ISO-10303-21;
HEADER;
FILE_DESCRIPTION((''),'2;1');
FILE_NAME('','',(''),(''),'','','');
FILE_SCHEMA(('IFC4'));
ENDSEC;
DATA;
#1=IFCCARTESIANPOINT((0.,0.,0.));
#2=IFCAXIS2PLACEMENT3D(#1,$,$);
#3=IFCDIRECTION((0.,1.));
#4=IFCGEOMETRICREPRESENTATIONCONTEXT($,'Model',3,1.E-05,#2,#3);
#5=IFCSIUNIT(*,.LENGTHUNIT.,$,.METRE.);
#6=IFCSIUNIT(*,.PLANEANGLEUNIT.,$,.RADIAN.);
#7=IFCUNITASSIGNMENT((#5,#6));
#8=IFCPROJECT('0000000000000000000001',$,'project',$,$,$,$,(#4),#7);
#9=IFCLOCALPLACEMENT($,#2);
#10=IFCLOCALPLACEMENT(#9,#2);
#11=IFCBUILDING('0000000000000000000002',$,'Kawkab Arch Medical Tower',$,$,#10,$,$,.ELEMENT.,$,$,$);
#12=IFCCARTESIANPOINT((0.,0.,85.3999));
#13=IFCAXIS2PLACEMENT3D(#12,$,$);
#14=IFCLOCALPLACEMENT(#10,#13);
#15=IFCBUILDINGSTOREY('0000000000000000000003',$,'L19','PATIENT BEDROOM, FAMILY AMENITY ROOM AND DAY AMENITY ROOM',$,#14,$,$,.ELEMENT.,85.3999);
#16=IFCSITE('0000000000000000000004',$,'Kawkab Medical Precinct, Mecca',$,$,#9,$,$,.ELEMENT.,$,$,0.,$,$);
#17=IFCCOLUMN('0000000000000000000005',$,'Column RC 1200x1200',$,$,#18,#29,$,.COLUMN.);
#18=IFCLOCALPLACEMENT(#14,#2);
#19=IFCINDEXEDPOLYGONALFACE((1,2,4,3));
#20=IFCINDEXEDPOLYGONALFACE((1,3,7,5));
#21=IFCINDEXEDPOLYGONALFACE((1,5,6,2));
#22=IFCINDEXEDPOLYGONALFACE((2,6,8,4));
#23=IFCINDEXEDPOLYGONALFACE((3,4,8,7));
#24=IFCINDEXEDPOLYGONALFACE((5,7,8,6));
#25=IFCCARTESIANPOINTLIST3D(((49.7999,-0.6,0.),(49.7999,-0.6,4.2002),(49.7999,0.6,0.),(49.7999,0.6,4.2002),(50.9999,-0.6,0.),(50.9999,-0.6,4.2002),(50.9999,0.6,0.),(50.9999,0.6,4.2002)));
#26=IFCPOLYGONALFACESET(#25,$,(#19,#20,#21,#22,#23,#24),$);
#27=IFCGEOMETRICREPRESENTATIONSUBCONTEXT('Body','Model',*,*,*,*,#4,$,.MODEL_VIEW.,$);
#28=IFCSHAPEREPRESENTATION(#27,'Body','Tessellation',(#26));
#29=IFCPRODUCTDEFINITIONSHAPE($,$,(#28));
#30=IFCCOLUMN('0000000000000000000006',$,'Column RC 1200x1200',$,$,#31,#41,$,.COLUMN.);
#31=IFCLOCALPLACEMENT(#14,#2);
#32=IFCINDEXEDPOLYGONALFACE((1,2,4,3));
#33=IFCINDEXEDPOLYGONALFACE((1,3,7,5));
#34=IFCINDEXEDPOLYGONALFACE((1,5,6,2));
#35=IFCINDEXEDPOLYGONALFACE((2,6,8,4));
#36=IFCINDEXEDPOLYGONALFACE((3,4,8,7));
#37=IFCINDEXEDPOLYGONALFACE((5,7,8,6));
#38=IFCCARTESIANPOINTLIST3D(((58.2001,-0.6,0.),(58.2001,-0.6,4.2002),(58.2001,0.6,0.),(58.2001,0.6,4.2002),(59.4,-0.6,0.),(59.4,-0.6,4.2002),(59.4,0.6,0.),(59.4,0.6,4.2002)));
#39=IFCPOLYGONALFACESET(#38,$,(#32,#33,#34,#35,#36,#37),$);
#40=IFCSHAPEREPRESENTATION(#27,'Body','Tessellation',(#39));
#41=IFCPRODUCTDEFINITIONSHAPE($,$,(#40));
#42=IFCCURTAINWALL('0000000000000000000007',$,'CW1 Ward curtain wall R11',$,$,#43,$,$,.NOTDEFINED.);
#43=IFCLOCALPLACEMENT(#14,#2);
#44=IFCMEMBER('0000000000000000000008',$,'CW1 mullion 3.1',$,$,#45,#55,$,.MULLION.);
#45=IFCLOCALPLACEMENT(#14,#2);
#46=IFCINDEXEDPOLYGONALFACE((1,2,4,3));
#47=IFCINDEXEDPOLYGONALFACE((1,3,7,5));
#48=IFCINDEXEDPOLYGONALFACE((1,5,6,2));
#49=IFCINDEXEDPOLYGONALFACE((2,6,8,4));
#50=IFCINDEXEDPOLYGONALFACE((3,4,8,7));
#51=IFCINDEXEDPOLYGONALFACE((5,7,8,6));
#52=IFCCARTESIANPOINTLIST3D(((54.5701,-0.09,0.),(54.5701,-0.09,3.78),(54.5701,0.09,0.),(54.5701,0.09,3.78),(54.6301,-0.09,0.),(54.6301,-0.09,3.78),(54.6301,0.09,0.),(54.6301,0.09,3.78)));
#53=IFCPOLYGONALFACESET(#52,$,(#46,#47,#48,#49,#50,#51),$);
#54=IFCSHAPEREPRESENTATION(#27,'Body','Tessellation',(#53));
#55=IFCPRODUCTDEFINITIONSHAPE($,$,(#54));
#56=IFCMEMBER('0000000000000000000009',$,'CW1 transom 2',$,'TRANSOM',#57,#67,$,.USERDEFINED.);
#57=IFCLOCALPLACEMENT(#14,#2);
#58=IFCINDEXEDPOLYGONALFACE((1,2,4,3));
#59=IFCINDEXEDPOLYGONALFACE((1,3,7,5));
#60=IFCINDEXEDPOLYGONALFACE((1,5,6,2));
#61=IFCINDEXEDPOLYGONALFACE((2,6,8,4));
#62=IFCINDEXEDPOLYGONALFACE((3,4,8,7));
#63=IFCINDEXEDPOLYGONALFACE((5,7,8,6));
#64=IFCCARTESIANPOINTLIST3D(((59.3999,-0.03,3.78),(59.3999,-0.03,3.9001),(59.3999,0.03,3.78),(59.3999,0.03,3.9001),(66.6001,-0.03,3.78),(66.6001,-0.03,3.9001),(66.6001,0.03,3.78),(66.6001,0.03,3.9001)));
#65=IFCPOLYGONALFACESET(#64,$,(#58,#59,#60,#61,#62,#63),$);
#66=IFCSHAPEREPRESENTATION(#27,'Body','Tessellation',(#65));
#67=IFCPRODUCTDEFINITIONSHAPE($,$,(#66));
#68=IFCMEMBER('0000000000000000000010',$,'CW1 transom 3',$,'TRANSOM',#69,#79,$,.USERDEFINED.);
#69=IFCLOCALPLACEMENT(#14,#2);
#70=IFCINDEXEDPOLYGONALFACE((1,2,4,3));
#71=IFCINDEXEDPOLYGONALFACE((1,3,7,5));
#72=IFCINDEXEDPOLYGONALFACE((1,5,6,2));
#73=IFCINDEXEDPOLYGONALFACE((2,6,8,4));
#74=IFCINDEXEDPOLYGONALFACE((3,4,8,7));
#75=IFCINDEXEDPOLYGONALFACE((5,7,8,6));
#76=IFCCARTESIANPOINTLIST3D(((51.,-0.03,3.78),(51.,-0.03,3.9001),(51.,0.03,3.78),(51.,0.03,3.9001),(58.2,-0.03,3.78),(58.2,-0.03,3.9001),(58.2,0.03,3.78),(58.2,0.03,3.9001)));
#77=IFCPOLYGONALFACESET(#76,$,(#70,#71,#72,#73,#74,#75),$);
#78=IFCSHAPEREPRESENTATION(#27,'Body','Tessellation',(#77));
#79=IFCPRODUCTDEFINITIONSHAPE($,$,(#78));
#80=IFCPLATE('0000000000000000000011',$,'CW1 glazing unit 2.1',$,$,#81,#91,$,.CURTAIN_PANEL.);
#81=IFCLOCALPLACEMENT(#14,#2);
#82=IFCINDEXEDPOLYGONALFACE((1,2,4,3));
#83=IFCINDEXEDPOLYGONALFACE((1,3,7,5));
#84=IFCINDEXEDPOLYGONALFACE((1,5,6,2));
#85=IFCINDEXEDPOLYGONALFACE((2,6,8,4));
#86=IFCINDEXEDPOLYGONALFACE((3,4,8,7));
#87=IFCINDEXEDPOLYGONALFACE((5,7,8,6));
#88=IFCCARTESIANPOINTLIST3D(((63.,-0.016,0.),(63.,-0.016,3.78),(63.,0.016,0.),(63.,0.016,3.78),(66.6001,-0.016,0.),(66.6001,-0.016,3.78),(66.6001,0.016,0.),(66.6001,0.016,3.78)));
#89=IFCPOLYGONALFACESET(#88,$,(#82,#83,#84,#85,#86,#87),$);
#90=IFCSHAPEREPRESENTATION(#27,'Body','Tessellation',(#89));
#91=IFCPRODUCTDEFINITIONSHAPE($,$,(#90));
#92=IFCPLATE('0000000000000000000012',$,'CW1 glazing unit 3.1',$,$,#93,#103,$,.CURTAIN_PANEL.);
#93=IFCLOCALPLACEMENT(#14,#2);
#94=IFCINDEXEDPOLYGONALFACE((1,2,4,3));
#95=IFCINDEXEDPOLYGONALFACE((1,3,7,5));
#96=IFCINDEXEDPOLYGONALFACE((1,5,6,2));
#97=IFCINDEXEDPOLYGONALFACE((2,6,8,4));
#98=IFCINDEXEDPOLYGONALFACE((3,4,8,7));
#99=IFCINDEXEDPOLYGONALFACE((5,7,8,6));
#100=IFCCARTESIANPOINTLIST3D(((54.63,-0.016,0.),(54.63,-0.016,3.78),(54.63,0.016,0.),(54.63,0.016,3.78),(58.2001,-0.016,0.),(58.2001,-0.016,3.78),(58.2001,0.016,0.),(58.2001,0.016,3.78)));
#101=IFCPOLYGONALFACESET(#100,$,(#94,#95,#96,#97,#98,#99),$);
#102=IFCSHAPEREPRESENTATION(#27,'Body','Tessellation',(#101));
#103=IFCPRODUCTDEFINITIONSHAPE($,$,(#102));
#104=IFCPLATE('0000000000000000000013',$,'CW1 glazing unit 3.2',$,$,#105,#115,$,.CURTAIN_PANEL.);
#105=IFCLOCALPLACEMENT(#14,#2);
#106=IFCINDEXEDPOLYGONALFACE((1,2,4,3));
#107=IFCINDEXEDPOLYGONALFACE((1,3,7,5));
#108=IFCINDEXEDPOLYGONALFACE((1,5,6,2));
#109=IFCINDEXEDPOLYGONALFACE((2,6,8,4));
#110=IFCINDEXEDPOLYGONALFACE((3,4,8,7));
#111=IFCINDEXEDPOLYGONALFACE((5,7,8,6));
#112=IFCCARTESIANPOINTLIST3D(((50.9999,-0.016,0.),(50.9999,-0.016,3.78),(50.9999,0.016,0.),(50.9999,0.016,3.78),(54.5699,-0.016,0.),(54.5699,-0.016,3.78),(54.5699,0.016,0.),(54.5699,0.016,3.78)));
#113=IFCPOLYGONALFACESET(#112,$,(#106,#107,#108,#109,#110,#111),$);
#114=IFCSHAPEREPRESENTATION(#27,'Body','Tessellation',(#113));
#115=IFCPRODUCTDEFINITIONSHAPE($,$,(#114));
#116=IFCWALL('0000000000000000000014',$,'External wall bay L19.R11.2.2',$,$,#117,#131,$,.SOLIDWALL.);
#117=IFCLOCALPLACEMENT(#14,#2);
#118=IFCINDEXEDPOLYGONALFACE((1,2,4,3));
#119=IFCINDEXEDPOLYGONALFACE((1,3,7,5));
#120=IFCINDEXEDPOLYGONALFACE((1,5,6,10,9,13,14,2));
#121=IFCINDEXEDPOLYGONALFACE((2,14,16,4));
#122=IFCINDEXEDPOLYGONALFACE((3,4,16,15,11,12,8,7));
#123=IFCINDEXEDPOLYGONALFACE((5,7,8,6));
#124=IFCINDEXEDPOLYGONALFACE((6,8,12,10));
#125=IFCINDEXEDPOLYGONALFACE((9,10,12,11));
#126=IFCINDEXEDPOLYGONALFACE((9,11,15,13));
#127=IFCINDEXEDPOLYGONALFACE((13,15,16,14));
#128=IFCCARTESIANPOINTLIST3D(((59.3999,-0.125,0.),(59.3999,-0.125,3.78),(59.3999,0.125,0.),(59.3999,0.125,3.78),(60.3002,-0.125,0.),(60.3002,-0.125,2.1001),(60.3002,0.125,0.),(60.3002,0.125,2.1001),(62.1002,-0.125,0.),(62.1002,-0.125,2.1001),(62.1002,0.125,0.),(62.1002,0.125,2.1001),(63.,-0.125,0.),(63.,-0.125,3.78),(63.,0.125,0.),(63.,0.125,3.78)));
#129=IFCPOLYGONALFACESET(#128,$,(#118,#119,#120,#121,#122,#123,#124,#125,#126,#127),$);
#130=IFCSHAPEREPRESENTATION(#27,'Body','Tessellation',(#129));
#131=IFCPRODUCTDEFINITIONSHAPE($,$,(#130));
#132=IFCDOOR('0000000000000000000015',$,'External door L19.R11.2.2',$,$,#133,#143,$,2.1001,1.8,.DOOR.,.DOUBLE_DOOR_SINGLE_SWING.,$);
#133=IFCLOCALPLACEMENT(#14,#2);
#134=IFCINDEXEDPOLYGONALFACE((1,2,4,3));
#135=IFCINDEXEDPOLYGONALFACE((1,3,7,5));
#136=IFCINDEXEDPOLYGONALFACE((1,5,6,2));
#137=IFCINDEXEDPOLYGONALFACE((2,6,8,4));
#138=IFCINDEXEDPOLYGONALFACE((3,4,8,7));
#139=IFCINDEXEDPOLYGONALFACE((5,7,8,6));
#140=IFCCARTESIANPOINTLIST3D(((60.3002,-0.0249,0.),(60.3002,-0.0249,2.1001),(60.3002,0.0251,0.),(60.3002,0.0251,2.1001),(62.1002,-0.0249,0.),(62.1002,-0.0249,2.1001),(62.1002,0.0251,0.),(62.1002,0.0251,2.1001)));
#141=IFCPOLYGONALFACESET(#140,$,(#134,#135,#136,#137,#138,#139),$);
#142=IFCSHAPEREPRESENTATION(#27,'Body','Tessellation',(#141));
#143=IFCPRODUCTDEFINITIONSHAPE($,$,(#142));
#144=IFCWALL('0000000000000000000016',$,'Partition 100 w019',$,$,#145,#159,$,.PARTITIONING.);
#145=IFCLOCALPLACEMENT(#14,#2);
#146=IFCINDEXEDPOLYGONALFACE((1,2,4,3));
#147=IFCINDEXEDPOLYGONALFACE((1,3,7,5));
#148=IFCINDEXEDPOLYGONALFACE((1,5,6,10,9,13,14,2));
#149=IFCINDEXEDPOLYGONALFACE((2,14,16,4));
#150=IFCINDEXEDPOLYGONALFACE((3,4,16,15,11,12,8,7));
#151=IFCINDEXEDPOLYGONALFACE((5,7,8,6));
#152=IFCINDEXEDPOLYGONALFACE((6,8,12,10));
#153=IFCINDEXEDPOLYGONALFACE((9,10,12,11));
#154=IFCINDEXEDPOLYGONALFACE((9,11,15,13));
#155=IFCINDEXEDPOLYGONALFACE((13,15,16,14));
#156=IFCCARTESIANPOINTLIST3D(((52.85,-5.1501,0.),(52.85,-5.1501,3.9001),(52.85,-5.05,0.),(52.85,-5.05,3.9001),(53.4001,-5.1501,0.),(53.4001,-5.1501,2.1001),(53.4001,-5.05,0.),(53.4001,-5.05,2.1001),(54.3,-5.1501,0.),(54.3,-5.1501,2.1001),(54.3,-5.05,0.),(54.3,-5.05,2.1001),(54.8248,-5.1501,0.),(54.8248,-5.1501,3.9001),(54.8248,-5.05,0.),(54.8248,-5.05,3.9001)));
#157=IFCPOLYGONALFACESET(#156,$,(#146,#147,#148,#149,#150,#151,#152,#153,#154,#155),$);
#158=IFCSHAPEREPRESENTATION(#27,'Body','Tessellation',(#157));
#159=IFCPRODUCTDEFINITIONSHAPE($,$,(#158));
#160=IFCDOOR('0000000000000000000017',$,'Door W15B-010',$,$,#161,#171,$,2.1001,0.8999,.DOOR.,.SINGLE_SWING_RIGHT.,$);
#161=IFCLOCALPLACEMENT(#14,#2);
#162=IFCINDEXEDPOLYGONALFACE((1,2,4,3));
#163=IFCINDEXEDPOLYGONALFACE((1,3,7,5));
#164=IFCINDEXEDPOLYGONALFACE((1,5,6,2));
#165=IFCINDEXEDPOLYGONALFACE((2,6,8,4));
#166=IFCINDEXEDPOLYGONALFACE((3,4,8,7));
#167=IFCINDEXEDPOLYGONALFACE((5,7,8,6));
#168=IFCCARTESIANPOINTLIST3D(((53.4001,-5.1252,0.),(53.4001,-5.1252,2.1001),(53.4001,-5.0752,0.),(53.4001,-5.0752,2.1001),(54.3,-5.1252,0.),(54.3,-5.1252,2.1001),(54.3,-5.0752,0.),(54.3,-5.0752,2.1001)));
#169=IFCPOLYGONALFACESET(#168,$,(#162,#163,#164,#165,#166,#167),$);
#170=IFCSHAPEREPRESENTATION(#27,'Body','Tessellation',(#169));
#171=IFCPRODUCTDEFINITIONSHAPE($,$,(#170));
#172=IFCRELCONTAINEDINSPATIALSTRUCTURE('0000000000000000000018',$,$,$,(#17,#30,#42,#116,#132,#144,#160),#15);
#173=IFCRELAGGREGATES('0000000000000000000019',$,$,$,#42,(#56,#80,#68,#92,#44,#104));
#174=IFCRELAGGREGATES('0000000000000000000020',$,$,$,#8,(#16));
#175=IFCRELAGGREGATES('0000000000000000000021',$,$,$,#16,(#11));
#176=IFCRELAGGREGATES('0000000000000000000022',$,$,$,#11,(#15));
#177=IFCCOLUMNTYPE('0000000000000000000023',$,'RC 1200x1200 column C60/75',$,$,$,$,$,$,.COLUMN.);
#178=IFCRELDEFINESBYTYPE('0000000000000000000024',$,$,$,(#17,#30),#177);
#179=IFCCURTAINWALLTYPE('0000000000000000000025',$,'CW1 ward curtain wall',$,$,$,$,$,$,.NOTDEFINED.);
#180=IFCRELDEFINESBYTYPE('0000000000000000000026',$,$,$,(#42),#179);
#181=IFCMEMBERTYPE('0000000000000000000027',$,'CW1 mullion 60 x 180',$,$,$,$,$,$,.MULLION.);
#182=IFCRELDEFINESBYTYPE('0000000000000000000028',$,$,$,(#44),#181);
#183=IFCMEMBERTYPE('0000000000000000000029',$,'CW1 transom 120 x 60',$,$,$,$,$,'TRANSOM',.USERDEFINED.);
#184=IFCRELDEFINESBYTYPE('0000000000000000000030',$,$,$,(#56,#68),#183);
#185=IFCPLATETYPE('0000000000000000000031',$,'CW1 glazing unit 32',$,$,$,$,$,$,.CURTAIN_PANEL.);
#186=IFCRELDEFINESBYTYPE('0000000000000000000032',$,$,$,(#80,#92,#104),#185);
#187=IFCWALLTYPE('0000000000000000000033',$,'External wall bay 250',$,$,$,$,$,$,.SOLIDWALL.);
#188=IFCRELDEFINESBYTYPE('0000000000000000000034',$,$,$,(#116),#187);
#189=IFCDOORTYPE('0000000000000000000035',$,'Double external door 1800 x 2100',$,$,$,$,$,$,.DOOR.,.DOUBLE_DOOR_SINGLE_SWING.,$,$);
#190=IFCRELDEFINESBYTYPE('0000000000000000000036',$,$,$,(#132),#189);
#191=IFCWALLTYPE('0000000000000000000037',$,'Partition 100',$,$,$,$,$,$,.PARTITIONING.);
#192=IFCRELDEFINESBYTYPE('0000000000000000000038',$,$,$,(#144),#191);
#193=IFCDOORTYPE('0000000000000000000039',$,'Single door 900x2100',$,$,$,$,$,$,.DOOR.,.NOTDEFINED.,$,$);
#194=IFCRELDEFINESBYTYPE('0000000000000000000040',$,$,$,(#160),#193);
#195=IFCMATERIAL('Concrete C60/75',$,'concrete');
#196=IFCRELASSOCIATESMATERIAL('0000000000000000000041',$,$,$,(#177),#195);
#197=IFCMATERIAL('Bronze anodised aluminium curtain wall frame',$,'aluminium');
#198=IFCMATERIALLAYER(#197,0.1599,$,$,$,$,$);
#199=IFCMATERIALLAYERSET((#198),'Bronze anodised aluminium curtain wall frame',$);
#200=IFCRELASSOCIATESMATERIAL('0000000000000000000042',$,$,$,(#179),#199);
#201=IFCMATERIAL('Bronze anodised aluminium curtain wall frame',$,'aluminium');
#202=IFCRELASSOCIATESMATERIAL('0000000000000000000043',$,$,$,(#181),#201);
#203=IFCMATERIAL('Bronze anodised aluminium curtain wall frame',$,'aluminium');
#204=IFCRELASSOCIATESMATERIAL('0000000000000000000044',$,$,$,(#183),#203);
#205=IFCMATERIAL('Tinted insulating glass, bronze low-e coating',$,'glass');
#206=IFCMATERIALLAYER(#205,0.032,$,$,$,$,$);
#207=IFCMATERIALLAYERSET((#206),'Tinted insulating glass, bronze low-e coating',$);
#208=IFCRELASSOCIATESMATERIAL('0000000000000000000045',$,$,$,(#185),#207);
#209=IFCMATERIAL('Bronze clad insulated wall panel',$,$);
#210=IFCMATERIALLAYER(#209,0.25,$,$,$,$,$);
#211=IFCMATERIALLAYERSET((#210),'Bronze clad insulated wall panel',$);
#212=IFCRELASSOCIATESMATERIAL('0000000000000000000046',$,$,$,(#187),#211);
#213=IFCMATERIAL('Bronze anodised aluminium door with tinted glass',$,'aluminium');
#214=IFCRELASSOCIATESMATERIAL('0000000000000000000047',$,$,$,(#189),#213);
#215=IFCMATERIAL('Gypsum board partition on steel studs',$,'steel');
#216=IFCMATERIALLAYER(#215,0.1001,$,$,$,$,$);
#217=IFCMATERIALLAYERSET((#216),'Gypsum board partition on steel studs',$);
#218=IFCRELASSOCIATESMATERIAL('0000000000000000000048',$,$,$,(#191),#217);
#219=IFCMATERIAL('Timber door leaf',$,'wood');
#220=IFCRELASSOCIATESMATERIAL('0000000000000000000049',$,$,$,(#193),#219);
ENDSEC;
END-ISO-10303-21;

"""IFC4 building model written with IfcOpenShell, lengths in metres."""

from ifc_helpers import new_model, si_unit, direction, frame, frame_2d, origin, origin_2d, place, context, subcontext, project, spatial, rectangle, extrude, material, layer, layer_set, material_profile, profile_set, type_object, element, fill, aggregate, save


model = new_model("IFC4")

# Units and contexts
model_context = context("Model", 3, precision=1e-05, world=origin(), true_north=direction((0.0, 1.0)))
body_context = subcontext(model_context, "Body", "Model", "MODEL_VIEW")
ifc_project = project(units=[si_unit("LENGTHUNIT", "METRE"), si_unit("PLANEANGLEUNIT", "RADIAN")], contexts=[model_context])

# Site, building, storey
site_placement = place(None, origin())
site = spatial("IfcSite", under=ifc_project, at=site_placement, Name="Kawkab Medical Precinct, Mecca", CompositionType="ELEMENT", RefElevation=0.0)
building_placement = place(site_placement, origin())
building = spatial("IfcBuilding", under=site, at=building_placement, Name="Kawkab Arch Medical Tower", CompositionType="ELEMENT")
storey_placement = place(building_placement, frame((0.0, 0.0, 85.3999)))
storey = spatial("IfcBuildingStorey", under=building, at=storey_placement, Name="L19", Description="PATIENT BEDROOM, FAMILY AMENITY ROOM AND DAY AMENITY ROOM", CompositionType="ELEMENT", Elevation=85.3999)

# Columns
ifc_material_1 = material(Name="Concrete C60/75", Category="concrete")
ifc_material_profile_1 = material_profile(ifc_material_1, rectangle(XDim=1.2, YDim=1.2, at=origin_2d()), Name="RC 1200x1200")
ifc_profile_set_1 = profile_set([ifc_material_profile_1], Name="Concrete C60/75")
column_type = type_object("IfcColumnType", Name="RC 1200x1200 column C60/75", PredefinedType="COLUMN", material=ifc_profile_set_1)
for number, where, z_axis, x_axis, name in (
    (1, (50.3999, 0.0, 0.0), (0.0, 0.0, 1.0), (1.0, 0.0, 0.0), "Column RC 1200x1200"),
    (2, (58.8, 0.0, 0.0), (0.0, 0.0, 1.0), (1.0, 0.0, 0.0), "Column RC 1200x1200"),
):
    element("IfcColumn", number, at=place(storey_placement, frame(where, z_axis=z_axis, x_axis=x_axis)), inside=storey, type_object=column_type, Name=name, PredefinedType="COLUMN", context=body_context, shape_type="SweptSolid", body=[
        extrude(rectangle(XDim=1.2, YDim=1.2, at=origin_2d()), origin(), (0.0, 0.0, 1.0), 4.2002),
    ])

# Curtain wall, members, plates
ifc_material_2 = material(Name="Bronze anodised aluminium curtain wall frame", Category="aluminium")
ifc_layer_1 = layer(ifc_material_2, 0.1599)
ifc_layer_set_1 = layer_set([ifc_layer_1], Name="Bronze anodised aluminium curtain wall frame")
curtain_wall_type = type_object("IfcCurtainWallType", Name="CW1 ward curtain wall", PredefinedType="NOTDEFINED", material=ifc_layer_set_1)
curtain_wall_placement = place(storey_placement, origin())
curtain_wall = element("IfcCurtainWall", 3, at=curtain_wall_placement, inside=storey, type_object=curtain_wall_type, Name="CW1 Ward curtain wall R11", PredefinedType="NOTDEFINED")
ifc_material_3 = material(Name="Bronze anodised aluminium curtain wall frame", Category="aluminium")
ifc_material_profile_2 = material_profile(ifc_material_3, rectangle(XDim=0.1799, YDim=0.0601, at=origin_2d()), Name="AL 60x180")
ifc_profile_set_2 = profile_set([ifc_material_profile_2], Name="Bronze anodised aluminium curtain wall frame")
member_type_1 = type_object("IfcMemberType", Name="CW1 mullion 60 x 180", PredefinedType="MULLION", material=ifc_profile_set_2)
member_1_placement = place(storey_placement, frame((54.6001, 0.0, 0.0), z_axis=(0.0, 0.0, 1.0), x_axis=(0.0, -1.0, 0.0)))
member_1 = element("IfcMember", 4, at=member_1_placement, type_object=member_type_1, Name="CW1 mullion 3.1", PredefinedType="MULLION", context=body_context, shape_type="SweptSolid", body=[
    extrude(rectangle(XDim=0.1799, YDim=0.0601, at=origin_2d()), origin(), (0.0, 0.0, 1.0), 3.78),
])
ifc_material_4 = material(Name="Bronze anodised aluminium curtain wall frame", Category="aluminium")
ifc_material_profile_3 = material_profile(ifc_material_4, rectangle(XDim=0.0601, YDim=0.1201, at=origin_2d()), Name="AL 60x120")
ifc_profile_set_3 = profile_set([ifc_material_profile_3], Name="Bronze anodised aluminium curtain wall frame")
member_type_2 = type_object("IfcMemberType", Name="CW1 transom 120 x 60", ElementType="TRANSOM", PredefinedType="USERDEFINED", material=ifc_profile_set_3)
member_2_placement = place(storey_placement, frame((66.6001, 0.0, 3.8401), z_axis=(-1.0, 0.0, 0.0), x_axis=(0.0, -1.0, 0.0)))
member_2 = element("IfcMember", 5, at=member_2_placement, type_object=member_type_2, Name="CW1 transom 2", ObjectType="TRANSOM", PredefinedType="USERDEFINED", context=body_context, shape_type="SweptSolid", body=[
    extrude(rectangle(XDim=0.0601, YDim=0.1201, at=origin_2d()), origin(), (0.0, 0.0, 1.0), 7.2002),
])
member_3_placement = place(storey_placement, frame((58.2, 0.0, 3.8401), z_axis=(-1.0, 0.0, 0.0), x_axis=(0.0, -1.0, 0.0)))
member_3 = element("IfcMember", 6, at=member_3_placement, type_object=member_type_2, Name="CW1 transom 3", ObjectType="TRANSOM", PredefinedType="USERDEFINED", context=body_context, shape_type="SweptSolid", body=[
    extrude(rectangle(XDim=0.0601, YDim=0.1201, at=origin_2d()), origin(), (0.0, 0.0, 1.0), 7.2),
])
ifc_material_5 = material(Name="Tinted insulating glass, bronze low-e coating", Category="glass")
ifc_layer_2 = layer(ifc_material_5, 0.032)
ifc_layer_set_2 = layer_set([ifc_layer_2], Name="Tinted insulating glass, bronze low-e coating")
plate_type = type_object("IfcPlateType", Name="CW1 glazing unit 32", PredefinedType="CURTAIN_PANEL", material=ifc_layer_set_2)
plate_1_placement = place(storey_placement, frame((64.8, 0.0, 0.0), z_axis=(0.0, 0.0, 1.0), x_axis=(-1.0, 0.0, 0.0)))
plate_1 = element("IfcPlate", 7, at=plate_1_placement, type_object=plate_type, Name="CW1 glazing unit 2.1", PredefinedType="CURTAIN_PANEL", context=body_context, shape_type="SweptSolid", body=[
    extrude(rectangle(XDim=3.6001, YDim=0.032, at=origin_2d()), origin(), (0.0, 0.0, 1.0), 3.78),
])
plate_2_placement = place(storey_placement, frame((56.415, 0.0, 0.0), z_axis=(0.0, 0.0, 1.0), x_axis=(-1.0, 0.0, 0.0)))
plate_2 = element("IfcPlate", 8, at=plate_2_placement, type_object=plate_type, Name="CW1 glazing unit 3.1", PredefinedType="CURTAIN_PANEL", context=body_context, shape_type="SweptSolid", body=[
    extrude(rectangle(XDim=3.5701, YDim=0.032, at=origin_2d()), origin(), (0.0, 0.0, 1.0), 3.78),
])
plate_3_placement = place(storey_placement, frame((52.7849, 0.0, 0.0), z_axis=(0.0, 0.0, 1.0), x_axis=(-1.0, 0.0, 0.0)))
plate_3 = element("IfcPlate", 9, at=plate_3_placement, type_object=plate_type, Name="CW1 glazing unit 3.2", PredefinedType="CURTAIN_PANEL", context=body_context, shape_type="SweptSolid", body=[
    extrude(rectangle(XDim=3.5701, YDim=0.032, at=origin_2d()), origin(), (0.0, 0.0, 1.0), 3.78),
])
aggregate(curtain_wall, [member_2, plate_1, member_3, plate_2, member_1, plate_3])

# Walls, openings, doors
ifc_material_6 = material(Name="Bronze clad insulated wall panel")
ifc_layer_3 = layer(ifc_material_6, 0.25)
ifc_layer_set_3 = layer_set([ifc_layer_3], Name="Bronze clad insulated wall panel")
wall_type_1 = type_object("IfcWallType", Name="External wall bay 250", PredefinedType="SOLIDWALL", material=ifc_layer_set_3)
wall_1_placement = place(storey_placement, frame((63.0, 0.0, 0.0), z_axis=(0.0, 0.0, 1.0), x_axis=(-1.0, 0.0, 0.0)))
wall_1 = element("IfcWall", 10, at=wall_1_placement, inside=storey, type_object=wall_type_1, Name="External wall bay L19.R11.2.2", PredefinedType="SOLIDWALL", context=body_context, shape_type="SweptSolid", body=[
    extrude(rectangle(XDim=3.6001, YDim=0.25, at=frame_2d((1.8, 0.0))), origin(), (0.0, 0.0, 1.0), 3.78),
])
opening_1_placement = place(wall_1_placement, frame((0.8999, 0.0, 0.0)))
opening_1 = element("IfcOpeningElement", 11, at=opening_1_placement, cuts=wall_1, PredefinedType="OPENING", context=body_context, shape_type="SweptSolid", body=[
    extrude(rectangle(XDim=1.8, YDim=2.1001, at=frame_2d((0.8999, 1.05))), frame((0.0, 0.135, 0.0), z_axis=(0.0, -1.0, 0.0), x_axis=(1.0, 0.0, 0.0)), (0.0, 0.0, 1.0), 0.27),
])
ifc_material_7 = material(Name="Bronze anodised aluminium door with tinted glass", Category="aluminium")
door_type_1 = type_object("IfcDoorType", Name="Double external door 1800 x 2100", OperationType="DOUBLE_DOOR_SINGLE_SWING", PredefinedType="DOOR", material=ifc_material_7)
door_1_placement = place(opening_1_placement, origin())
door_1 = element("IfcDoor", 12, at=door_1_placement, inside=storey, type_object=door_type_1, Name="External door L19.R11.2.2", OperationType="DOUBLE_DOOR_SINGLE_SWING", OverallHeight=2.1001, OverallWidth=1.8, PredefinedType="DOOR", context=body_context, shape_type="SweptSolid", body=[
    extrude(rectangle(XDim=1.8, YDim=2.1001, at=frame_2d((0.8999, 1.05))), frame((0.0, 0.0249, 0.0), z_axis=(0.0, -1.0, 0.0), x_axis=(1.0, 0.0, 0.0)), (0.0, 0.0, 1.0), 0.05),
])
fill(opening_1, door_1)
ifc_material_8 = material(Name="Gypsum board partition on steel studs", Category="steel")
ifc_layer_4 = layer(ifc_material_8, 0.1001)
ifc_layer_set_4 = layer_set([ifc_layer_4], Name="Gypsum board partition on steel studs")
wall_type_2 = type_object("IfcWallType", Name="Partition 100", PredefinedType="PARTITIONING", material=ifc_layer_set_4)
wall_2_placement = place(storey_placement, frame((52.8501, -5.1001, 0.0), z_axis=(0.0, 0.0, 1.0), x_axis=(1.0, 0.0, 0.0)))
wall_2 = element("IfcWall", 13, at=wall_2_placement, inside=storey, type_object=wall_type_2, Name="Partition 100 w019", PredefinedType="PARTITIONING", context=body_context, shape_type="SweptSolid", body=[
    extrude(rectangle(XDim=1.9749, YDim=0.1001, at=frame_2d((0.9873, 0.0))), origin(), (0.0, 0.0, 1.0), 3.9001),
])
opening_2_placement = place(wall_2_placement, frame((0.55, 0.0, 0.0)))
opening_2 = element("IfcOpeningElement", 14, at=opening_2_placement, cuts=wall_2, PredefinedType="OPENING", context=body_context, shape_type="SweptSolid", body=[
    extrude(rectangle(XDim=0.8999, YDim=2.1001, at=frame_2d((0.45, 1.05))), frame((0.0, 0.0601, 0.0), z_axis=(0.0, -1.0, 0.0), x_axis=(1.0, 0.0, 0.0)), (0.0, 0.0, 1.0), 0.1201),
])
ifc_material_9 = material(Name="Timber door leaf", Category="wood")
door_type_2 = type_object("IfcDoorType", Name="Single door 900x2100", OperationType="NOTDEFINED", PredefinedType="DOOR", material=ifc_material_9)
door_2_placement = place(opening_2_placement, origin())
door_2 = element("IfcDoor", 15, at=door_2_placement, inside=storey, type_object=door_type_2, Name="Door W15B-010", OperationType="SINGLE_SWING_RIGHT", OverallHeight=2.1001, OverallWidth=0.8999, PredefinedType="DOOR", context=body_context, shape_type="SweptSolid", body=[
    extrude(rectangle(XDim=0.8999, YDim=2.1001, at=frame_2d((0.45, 1.05))), frame((0.0, 0.0249, 0.0), z_axis=(0.0, -1.0, 0.0), x_axis=(1.0, 0.0, 0.0)), (0.0, 0.0, 1.0), 0.05),
])
fill(opening_2, door_2)

save(model, "model.ifc")
